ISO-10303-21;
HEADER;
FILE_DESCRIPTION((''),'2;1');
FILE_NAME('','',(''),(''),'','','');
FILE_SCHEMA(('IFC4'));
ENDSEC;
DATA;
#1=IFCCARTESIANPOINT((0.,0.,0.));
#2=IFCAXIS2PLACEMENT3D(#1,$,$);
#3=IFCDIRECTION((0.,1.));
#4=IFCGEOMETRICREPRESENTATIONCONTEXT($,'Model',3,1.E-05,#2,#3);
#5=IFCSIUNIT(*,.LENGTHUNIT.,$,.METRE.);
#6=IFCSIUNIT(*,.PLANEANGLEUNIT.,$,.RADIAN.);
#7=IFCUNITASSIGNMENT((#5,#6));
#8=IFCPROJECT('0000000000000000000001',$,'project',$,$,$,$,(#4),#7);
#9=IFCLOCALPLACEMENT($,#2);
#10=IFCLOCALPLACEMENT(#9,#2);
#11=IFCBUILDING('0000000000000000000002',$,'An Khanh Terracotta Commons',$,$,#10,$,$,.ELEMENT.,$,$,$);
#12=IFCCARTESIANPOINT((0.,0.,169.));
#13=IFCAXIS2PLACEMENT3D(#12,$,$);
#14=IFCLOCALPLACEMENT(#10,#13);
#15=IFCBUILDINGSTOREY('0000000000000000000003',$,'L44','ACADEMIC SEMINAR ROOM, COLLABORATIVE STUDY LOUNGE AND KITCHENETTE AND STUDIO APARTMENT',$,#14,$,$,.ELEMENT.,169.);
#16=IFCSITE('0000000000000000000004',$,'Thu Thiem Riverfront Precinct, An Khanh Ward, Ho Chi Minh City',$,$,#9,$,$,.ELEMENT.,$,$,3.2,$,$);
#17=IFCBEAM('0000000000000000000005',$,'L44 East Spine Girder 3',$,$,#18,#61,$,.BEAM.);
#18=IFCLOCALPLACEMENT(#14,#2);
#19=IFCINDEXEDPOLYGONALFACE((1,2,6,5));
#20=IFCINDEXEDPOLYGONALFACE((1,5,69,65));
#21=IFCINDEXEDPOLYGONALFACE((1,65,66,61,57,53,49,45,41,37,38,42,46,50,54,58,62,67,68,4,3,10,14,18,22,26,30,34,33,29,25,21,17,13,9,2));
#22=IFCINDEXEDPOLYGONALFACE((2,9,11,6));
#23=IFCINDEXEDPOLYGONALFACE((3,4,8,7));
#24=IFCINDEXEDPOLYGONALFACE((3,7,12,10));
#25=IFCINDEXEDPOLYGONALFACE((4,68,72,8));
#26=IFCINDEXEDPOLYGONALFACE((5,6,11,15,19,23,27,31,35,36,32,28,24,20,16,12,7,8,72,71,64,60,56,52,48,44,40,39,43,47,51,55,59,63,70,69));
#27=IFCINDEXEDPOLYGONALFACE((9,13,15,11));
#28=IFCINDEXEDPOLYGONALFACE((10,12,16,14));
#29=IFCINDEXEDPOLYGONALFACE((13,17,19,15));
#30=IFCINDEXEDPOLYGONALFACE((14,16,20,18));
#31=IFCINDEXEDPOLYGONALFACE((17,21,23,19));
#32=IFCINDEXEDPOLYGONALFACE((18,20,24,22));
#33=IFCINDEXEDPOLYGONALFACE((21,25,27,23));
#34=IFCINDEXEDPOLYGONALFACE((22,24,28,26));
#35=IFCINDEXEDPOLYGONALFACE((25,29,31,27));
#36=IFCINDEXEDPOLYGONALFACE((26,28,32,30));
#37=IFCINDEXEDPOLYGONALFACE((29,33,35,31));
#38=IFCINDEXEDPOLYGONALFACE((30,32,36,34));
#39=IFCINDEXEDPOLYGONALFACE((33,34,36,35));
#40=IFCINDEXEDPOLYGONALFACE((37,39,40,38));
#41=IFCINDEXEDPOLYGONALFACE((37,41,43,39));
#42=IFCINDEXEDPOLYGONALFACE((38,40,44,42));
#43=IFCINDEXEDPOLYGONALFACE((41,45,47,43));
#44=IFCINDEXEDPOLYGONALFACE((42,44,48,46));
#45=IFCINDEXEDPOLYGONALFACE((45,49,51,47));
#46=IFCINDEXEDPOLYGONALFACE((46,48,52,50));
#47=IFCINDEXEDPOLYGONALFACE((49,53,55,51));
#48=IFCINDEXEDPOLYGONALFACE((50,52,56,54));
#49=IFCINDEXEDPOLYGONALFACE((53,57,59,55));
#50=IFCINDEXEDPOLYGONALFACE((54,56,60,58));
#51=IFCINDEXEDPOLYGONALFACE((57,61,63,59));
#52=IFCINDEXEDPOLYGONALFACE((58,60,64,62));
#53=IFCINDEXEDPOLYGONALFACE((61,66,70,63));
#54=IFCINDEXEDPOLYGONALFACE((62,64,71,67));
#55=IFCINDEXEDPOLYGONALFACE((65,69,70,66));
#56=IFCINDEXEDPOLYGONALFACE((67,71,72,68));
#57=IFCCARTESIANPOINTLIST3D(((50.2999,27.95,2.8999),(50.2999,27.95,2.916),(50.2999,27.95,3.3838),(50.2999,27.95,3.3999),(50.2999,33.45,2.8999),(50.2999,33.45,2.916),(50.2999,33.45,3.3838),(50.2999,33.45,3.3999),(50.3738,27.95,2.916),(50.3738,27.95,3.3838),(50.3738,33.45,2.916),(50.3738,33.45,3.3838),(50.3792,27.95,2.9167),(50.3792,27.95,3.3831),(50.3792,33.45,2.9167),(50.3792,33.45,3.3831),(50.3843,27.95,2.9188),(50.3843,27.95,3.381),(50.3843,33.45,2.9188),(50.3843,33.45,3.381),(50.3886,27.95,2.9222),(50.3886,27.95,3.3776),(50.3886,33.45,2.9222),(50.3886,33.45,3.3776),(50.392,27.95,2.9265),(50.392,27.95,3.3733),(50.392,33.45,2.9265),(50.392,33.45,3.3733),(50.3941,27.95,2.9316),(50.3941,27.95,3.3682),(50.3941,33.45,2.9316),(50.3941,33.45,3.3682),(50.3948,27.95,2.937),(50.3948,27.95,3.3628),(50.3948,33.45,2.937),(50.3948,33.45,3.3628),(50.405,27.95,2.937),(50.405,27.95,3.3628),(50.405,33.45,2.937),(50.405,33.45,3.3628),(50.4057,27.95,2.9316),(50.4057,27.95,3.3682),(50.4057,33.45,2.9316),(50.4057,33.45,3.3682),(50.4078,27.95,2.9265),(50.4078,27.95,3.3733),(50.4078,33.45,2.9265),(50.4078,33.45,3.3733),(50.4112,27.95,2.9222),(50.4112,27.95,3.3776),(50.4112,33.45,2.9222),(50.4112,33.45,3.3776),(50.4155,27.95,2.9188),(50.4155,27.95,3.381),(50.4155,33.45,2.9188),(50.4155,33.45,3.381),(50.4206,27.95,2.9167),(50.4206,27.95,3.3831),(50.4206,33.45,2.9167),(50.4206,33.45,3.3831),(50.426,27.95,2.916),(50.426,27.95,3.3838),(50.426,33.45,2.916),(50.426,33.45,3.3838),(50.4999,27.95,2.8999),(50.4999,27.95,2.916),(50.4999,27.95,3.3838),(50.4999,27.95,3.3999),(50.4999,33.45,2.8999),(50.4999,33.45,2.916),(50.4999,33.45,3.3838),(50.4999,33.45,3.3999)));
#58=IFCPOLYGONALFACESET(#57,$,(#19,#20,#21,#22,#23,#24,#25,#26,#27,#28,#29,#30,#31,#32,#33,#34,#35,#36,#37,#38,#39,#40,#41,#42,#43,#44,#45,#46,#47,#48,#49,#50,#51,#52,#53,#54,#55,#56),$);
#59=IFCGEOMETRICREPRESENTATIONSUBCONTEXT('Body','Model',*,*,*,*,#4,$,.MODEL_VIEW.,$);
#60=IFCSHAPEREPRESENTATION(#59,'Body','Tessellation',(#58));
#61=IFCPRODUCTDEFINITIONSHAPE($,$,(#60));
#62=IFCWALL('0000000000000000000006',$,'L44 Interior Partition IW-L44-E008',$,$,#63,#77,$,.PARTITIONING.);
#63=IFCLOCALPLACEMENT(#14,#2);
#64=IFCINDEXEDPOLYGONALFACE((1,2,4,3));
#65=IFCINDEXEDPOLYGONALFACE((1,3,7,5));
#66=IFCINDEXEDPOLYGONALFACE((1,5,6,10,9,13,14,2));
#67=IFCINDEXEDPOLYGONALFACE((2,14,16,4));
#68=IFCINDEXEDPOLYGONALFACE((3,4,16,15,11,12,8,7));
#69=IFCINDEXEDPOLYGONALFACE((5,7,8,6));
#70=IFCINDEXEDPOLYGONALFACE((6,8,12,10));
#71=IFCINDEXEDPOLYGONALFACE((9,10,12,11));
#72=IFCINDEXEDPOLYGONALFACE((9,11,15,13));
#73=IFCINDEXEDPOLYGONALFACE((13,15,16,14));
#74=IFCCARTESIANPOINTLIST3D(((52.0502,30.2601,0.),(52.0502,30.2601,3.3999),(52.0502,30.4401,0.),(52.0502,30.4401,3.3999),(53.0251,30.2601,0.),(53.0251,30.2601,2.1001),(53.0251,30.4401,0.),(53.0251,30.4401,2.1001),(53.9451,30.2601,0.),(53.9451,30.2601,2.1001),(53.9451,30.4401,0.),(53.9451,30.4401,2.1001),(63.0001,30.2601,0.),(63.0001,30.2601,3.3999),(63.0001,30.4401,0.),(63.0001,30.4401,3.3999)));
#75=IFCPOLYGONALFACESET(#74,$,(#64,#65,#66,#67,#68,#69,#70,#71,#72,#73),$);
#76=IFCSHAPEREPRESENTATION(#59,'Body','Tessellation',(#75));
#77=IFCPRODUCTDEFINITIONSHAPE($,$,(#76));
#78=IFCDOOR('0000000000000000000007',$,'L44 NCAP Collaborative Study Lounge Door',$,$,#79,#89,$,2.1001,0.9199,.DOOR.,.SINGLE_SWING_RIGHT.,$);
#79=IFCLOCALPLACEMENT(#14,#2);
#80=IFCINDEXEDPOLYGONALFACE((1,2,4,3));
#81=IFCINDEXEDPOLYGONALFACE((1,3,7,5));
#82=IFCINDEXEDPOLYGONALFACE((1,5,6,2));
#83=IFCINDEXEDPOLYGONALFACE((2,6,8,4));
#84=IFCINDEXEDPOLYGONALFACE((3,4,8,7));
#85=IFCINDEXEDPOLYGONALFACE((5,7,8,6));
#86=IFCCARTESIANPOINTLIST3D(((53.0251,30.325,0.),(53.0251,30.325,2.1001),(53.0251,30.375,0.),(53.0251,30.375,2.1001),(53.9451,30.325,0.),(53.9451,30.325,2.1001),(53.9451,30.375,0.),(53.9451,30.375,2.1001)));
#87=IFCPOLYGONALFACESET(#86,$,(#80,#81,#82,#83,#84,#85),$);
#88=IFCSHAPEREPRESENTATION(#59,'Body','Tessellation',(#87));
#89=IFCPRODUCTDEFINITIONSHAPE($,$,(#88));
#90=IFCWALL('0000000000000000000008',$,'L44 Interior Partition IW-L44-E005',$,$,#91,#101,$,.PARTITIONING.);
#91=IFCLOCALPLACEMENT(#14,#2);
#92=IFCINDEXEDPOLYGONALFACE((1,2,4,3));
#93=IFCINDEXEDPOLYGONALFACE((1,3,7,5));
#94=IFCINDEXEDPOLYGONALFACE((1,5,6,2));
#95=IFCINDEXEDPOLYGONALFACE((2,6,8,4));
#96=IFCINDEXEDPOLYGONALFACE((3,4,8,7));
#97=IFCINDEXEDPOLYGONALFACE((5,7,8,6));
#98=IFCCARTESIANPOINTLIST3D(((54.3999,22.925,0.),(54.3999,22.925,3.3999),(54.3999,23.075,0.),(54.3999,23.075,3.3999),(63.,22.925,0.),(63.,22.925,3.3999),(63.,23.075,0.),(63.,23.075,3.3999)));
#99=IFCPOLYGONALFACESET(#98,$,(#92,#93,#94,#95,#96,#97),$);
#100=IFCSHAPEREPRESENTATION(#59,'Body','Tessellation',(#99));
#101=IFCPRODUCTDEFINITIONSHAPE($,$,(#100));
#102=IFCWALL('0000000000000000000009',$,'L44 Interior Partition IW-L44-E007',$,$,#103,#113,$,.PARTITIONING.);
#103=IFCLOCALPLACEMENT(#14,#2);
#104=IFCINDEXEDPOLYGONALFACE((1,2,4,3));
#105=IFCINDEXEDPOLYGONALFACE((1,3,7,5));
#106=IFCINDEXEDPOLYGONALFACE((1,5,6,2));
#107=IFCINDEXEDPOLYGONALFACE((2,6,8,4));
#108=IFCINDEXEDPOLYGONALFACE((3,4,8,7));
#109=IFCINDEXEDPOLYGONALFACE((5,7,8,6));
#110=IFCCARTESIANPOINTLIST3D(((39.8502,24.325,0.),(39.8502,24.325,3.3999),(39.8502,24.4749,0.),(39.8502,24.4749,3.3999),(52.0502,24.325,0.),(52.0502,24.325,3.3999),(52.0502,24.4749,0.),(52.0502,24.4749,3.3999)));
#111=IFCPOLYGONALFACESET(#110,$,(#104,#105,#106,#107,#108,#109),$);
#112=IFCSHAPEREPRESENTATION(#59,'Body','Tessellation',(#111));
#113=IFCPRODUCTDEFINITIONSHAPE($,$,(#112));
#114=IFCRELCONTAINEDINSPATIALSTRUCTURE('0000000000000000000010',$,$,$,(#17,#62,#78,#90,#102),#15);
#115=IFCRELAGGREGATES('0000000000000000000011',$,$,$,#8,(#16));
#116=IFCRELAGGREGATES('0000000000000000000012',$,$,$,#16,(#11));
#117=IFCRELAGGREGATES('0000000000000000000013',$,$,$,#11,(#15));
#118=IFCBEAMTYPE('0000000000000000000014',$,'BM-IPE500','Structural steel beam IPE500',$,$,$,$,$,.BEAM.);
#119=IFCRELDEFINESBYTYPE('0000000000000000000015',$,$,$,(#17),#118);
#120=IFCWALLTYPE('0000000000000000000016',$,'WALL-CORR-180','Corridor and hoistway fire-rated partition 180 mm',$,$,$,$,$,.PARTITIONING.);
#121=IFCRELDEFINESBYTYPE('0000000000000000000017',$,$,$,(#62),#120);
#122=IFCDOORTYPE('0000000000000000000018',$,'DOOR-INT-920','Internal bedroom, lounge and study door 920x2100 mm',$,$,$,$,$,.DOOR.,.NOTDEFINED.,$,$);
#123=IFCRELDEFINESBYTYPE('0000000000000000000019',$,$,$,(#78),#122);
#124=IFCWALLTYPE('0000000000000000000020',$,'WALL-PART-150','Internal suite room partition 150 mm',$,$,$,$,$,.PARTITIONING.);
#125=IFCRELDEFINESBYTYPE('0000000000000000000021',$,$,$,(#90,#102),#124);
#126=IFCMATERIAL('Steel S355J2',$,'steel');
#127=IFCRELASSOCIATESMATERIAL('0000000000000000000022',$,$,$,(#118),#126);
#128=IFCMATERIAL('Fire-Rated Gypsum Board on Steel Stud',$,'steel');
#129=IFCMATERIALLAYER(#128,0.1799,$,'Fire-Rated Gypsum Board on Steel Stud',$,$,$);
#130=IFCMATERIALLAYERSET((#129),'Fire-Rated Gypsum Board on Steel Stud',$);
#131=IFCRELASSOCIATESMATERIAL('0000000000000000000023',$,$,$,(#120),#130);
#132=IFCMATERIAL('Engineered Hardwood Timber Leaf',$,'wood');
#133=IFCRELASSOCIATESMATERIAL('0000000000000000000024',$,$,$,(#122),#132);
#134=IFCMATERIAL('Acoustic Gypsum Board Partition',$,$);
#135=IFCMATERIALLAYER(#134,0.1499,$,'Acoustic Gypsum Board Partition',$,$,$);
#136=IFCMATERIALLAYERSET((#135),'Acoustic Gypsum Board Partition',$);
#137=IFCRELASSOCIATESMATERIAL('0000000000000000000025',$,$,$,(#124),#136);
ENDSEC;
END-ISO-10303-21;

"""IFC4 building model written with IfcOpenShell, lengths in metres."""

from ifc_helpers import new_model, si_unit, direction, frame, frame_2d, origin, origin_2d, place, context, subcontext, project, spatial, rectangle, i_section, extrude, material, layer, layer_set, material_profile, profile_set, type_object, element, fill, save


model = new_model("IFC4")

# Units and contexts
model_context = context("Model", 3, precision=1e-05, world=origin(), true_north=direction((0.0, 1.0)))
body_context = subcontext(model_context, "Body", "Model", "MODEL_VIEW")
ifc_project = project(units=[si_unit("LENGTHUNIT", "METRE"), si_unit("PLANEANGLEUNIT", "RADIAN")], contexts=[model_context])

# Site, building, storey
site_placement = place(None, origin())
site = spatial("IfcSite", under=ifc_project, at=site_placement, Name="Thu Thiem Riverfront Precinct, An Khanh Ward, Ho Chi Minh City", CompositionType="ELEMENT", RefElevation=3.2)
building_placement = place(site_placement, origin())
building = spatial("IfcBuilding", under=site, at=building_placement, Name="An Khanh Terracotta Commons", CompositionType="ELEMENT")
storey_placement = place(building_placement, frame((0.0, 0.0, 169.0)))
storey = spatial("IfcBuildingStorey", under=building, at=storey_placement, Name="L44", Description="ACADEMIC SEMINAR ROOM, COLLABORATIVE STUDY LOUNGE AND KITCHENETTE AND STUDIO APARTMENT", CompositionType="ELEMENT", Elevation=169.0)

# Beam
ifc_material_1 = material(Name="Steel S355J2", Category="steel")
ifc_material_profile_1 = material_profile(ifc_material_1, i_section(OverallWidth=0.2, OverallDepth=0.5, WebThickness=0.0103, FlangeThickness=0.0161, FilletRadius=0.021, at=origin_2d()), Name="IPE500")
ifc_profile_set_1 = profile_set([ifc_material_profile_1], Name="Steel S355J2")
beam_type_1 = type_object("IfcBeamType", Name="BM-IPE500", Description="Structural steel beam IPE500", PredefinedType="BEAM", material=ifc_profile_set_1)
beam_1_placement = place(storey_placement, frame((50.3999, 27.95, 3.1499), z_axis=(0.0, 1.0, 0.0), x_axis=(-1.0, 0.0, 0.0)))
element("IfcBeam", 1, at=beam_1_placement, inside=storey, type_object=beam_type_1, Name="L44 East Spine Girder 3", PredefinedType="BEAM", context=body_context, shape_type="SweptSolid", body=[
    extrude(i_section(OverallWidth=0.2, OverallDepth=0.5, WebThickness=0.0103, FlangeThickness=0.0161, FilletRadius=0.021, at=origin_2d()), origin(), (0.0, 0.0, 1.0), 5.5),
])

# Wall, opening, door
ifc_material_2 = material(Name="Fire-Rated Gypsum Board on Steel Stud", Category="steel")
ifc_layer_1 = layer(ifc_material_2, 0.1799, Name="Fire-Rated Gypsum Board on Steel Stud")
ifc_layer_set_1 = layer_set([ifc_layer_1], Name="Fire-Rated Gypsum Board on Steel Stud")
wall_type_1 = type_object("IfcWallType", Name="WALL-CORR-180", Description="Corridor and hoistway fire-rated partition 180 mm", PredefinedType="PARTITIONING", material=ifc_layer_set_1)
wall_1_placement = place(storey_placement, frame((52.05, 30.3501, 0.0), z_axis=(0.0, 0.0, 1.0), x_axis=(1.0, 0.0, 0.0)))
wall_1 = element("IfcWall", 2, at=wall_1_placement, inside=storey, type_object=wall_type_1, Name="L44 Interior Partition IW-L44-E008", PredefinedType="PARTITIONING", context=body_context, shape_type="SweptSolid", body=[
    extrude(rectangle(XDim=10.95, YDim=0.1799, at=frame_2d((5.4751, 0.0))), origin(), (0.0, 0.0, 1.0), 3.3999),
])
opening_placement = place(wall_1_placement, frame((0.9751, 0.0, 0.0)))
opening = element("IfcOpeningElement", 3, at=opening_placement, cuts=wall_1, PredefinedType="OPENING", context=body_context, shape_type="SweptSolid", body=[
    extrude(rectangle(XDim=0.9199, YDim=2.1001, at=frame_2d((0.46, 1.05))), frame((0.0, 0.0999, 0.0), z_axis=(0.0, -1.0, 0.0), x_axis=(1.0, 0.0, 0.0)), (0.0, 0.0, 1.0), 0.2),
])
ifc_material_3 = material(Name="Engineered Hardwood Timber Leaf", Category="wood")
door_type = type_object("IfcDoorType", Name="DOOR-INT-920", Description="Internal bedroom, lounge and study door 920x2100 mm", OperationType="NOTDEFINED", PredefinedType="DOOR", material=ifc_material_3)
door_placement = place(opening_placement, origin())
door = element("IfcDoor", 4, at=door_placement, inside=storey, type_object=door_type, Name="L44 NCAP Collaborative Study Lounge Door", OperationType="SINGLE_SWING_RIGHT", OverallHeight=2.1001, OverallWidth=0.9199, PredefinedType="DOOR", context=body_context, shape_type="SweptSolid", body=[
    extrude(rectangle(XDim=0.9199, YDim=2.1001, at=frame_2d((0.46, 1.05))), frame((0.0, 0.0249, 0.0), z_axis=(0.0, -1.0, 0.0), x_axis=(1.0, 0.0, 0.0)), (0.0, 0.0, 1.0), 0.05),
])
fill(opening, door)

# Walls
ifc_material_4 = material(Name="Acoustic Gypsum Board Partition")
ifc_layer_2 = layer(ifc_material_4, 0.1499, Name="Acoustic Gypsum Board Partition")
ifc_layer_set_2 = layer_set([ifc_layer_2], Name="Acoustic Gypsum Board Partition")
wall_type_2 = type_object("IfcWallType", Name="WALL-PART-150", Description="Internal suite room partition 150 mm", PredefinedType="PARTITIONING", material=ifc_layer_set_2)
wall_2_placement = place(storey_placement, frame((54.3999, 23.0, 0.0), z_axis=(0.0, 0.0, 1.0), x_axis=(1.0, 0.0, 0.0)))
element("IfcWall", 5, at=wall_2_placement, inside=storey, type_object=wall_type_2, Name="L44 Interior Partition IW-L44-E005", PredefinedType="PARTITIONING", context=body_context, shape_type="SweptSolid", body=[
    extrude(rectangle(XDim=8.6001, YDim=0.1499, at=frame_2d((4.3, 0.0))), origin(), (0.0, 0.0, 1.0), 3.3999),
])
wall_3_placement = place(storey_placement, frame((39.8501, 24.3999, 0.0), z_axis=(0.0, 0.0, 1.0), x_axis=(1.0, 0.0, 0.0)))
element("IfcWall", 6, at=wall_3_placement, inside=storey, type_object=wall_type_2, Name="L44 Interior Partition IW-L44-E007", PredefinedType="PARTITIONING", context=body_context, shape_type="SweptSolid", body=[
    extrude(rectangle(XDim=12.2, YDim=0.1499, at=frame_2d((6.1001, 0.0))), origin(), (0.0, 0.0, 1.0), 3.3999),
])

save(model, "model.ifc")
